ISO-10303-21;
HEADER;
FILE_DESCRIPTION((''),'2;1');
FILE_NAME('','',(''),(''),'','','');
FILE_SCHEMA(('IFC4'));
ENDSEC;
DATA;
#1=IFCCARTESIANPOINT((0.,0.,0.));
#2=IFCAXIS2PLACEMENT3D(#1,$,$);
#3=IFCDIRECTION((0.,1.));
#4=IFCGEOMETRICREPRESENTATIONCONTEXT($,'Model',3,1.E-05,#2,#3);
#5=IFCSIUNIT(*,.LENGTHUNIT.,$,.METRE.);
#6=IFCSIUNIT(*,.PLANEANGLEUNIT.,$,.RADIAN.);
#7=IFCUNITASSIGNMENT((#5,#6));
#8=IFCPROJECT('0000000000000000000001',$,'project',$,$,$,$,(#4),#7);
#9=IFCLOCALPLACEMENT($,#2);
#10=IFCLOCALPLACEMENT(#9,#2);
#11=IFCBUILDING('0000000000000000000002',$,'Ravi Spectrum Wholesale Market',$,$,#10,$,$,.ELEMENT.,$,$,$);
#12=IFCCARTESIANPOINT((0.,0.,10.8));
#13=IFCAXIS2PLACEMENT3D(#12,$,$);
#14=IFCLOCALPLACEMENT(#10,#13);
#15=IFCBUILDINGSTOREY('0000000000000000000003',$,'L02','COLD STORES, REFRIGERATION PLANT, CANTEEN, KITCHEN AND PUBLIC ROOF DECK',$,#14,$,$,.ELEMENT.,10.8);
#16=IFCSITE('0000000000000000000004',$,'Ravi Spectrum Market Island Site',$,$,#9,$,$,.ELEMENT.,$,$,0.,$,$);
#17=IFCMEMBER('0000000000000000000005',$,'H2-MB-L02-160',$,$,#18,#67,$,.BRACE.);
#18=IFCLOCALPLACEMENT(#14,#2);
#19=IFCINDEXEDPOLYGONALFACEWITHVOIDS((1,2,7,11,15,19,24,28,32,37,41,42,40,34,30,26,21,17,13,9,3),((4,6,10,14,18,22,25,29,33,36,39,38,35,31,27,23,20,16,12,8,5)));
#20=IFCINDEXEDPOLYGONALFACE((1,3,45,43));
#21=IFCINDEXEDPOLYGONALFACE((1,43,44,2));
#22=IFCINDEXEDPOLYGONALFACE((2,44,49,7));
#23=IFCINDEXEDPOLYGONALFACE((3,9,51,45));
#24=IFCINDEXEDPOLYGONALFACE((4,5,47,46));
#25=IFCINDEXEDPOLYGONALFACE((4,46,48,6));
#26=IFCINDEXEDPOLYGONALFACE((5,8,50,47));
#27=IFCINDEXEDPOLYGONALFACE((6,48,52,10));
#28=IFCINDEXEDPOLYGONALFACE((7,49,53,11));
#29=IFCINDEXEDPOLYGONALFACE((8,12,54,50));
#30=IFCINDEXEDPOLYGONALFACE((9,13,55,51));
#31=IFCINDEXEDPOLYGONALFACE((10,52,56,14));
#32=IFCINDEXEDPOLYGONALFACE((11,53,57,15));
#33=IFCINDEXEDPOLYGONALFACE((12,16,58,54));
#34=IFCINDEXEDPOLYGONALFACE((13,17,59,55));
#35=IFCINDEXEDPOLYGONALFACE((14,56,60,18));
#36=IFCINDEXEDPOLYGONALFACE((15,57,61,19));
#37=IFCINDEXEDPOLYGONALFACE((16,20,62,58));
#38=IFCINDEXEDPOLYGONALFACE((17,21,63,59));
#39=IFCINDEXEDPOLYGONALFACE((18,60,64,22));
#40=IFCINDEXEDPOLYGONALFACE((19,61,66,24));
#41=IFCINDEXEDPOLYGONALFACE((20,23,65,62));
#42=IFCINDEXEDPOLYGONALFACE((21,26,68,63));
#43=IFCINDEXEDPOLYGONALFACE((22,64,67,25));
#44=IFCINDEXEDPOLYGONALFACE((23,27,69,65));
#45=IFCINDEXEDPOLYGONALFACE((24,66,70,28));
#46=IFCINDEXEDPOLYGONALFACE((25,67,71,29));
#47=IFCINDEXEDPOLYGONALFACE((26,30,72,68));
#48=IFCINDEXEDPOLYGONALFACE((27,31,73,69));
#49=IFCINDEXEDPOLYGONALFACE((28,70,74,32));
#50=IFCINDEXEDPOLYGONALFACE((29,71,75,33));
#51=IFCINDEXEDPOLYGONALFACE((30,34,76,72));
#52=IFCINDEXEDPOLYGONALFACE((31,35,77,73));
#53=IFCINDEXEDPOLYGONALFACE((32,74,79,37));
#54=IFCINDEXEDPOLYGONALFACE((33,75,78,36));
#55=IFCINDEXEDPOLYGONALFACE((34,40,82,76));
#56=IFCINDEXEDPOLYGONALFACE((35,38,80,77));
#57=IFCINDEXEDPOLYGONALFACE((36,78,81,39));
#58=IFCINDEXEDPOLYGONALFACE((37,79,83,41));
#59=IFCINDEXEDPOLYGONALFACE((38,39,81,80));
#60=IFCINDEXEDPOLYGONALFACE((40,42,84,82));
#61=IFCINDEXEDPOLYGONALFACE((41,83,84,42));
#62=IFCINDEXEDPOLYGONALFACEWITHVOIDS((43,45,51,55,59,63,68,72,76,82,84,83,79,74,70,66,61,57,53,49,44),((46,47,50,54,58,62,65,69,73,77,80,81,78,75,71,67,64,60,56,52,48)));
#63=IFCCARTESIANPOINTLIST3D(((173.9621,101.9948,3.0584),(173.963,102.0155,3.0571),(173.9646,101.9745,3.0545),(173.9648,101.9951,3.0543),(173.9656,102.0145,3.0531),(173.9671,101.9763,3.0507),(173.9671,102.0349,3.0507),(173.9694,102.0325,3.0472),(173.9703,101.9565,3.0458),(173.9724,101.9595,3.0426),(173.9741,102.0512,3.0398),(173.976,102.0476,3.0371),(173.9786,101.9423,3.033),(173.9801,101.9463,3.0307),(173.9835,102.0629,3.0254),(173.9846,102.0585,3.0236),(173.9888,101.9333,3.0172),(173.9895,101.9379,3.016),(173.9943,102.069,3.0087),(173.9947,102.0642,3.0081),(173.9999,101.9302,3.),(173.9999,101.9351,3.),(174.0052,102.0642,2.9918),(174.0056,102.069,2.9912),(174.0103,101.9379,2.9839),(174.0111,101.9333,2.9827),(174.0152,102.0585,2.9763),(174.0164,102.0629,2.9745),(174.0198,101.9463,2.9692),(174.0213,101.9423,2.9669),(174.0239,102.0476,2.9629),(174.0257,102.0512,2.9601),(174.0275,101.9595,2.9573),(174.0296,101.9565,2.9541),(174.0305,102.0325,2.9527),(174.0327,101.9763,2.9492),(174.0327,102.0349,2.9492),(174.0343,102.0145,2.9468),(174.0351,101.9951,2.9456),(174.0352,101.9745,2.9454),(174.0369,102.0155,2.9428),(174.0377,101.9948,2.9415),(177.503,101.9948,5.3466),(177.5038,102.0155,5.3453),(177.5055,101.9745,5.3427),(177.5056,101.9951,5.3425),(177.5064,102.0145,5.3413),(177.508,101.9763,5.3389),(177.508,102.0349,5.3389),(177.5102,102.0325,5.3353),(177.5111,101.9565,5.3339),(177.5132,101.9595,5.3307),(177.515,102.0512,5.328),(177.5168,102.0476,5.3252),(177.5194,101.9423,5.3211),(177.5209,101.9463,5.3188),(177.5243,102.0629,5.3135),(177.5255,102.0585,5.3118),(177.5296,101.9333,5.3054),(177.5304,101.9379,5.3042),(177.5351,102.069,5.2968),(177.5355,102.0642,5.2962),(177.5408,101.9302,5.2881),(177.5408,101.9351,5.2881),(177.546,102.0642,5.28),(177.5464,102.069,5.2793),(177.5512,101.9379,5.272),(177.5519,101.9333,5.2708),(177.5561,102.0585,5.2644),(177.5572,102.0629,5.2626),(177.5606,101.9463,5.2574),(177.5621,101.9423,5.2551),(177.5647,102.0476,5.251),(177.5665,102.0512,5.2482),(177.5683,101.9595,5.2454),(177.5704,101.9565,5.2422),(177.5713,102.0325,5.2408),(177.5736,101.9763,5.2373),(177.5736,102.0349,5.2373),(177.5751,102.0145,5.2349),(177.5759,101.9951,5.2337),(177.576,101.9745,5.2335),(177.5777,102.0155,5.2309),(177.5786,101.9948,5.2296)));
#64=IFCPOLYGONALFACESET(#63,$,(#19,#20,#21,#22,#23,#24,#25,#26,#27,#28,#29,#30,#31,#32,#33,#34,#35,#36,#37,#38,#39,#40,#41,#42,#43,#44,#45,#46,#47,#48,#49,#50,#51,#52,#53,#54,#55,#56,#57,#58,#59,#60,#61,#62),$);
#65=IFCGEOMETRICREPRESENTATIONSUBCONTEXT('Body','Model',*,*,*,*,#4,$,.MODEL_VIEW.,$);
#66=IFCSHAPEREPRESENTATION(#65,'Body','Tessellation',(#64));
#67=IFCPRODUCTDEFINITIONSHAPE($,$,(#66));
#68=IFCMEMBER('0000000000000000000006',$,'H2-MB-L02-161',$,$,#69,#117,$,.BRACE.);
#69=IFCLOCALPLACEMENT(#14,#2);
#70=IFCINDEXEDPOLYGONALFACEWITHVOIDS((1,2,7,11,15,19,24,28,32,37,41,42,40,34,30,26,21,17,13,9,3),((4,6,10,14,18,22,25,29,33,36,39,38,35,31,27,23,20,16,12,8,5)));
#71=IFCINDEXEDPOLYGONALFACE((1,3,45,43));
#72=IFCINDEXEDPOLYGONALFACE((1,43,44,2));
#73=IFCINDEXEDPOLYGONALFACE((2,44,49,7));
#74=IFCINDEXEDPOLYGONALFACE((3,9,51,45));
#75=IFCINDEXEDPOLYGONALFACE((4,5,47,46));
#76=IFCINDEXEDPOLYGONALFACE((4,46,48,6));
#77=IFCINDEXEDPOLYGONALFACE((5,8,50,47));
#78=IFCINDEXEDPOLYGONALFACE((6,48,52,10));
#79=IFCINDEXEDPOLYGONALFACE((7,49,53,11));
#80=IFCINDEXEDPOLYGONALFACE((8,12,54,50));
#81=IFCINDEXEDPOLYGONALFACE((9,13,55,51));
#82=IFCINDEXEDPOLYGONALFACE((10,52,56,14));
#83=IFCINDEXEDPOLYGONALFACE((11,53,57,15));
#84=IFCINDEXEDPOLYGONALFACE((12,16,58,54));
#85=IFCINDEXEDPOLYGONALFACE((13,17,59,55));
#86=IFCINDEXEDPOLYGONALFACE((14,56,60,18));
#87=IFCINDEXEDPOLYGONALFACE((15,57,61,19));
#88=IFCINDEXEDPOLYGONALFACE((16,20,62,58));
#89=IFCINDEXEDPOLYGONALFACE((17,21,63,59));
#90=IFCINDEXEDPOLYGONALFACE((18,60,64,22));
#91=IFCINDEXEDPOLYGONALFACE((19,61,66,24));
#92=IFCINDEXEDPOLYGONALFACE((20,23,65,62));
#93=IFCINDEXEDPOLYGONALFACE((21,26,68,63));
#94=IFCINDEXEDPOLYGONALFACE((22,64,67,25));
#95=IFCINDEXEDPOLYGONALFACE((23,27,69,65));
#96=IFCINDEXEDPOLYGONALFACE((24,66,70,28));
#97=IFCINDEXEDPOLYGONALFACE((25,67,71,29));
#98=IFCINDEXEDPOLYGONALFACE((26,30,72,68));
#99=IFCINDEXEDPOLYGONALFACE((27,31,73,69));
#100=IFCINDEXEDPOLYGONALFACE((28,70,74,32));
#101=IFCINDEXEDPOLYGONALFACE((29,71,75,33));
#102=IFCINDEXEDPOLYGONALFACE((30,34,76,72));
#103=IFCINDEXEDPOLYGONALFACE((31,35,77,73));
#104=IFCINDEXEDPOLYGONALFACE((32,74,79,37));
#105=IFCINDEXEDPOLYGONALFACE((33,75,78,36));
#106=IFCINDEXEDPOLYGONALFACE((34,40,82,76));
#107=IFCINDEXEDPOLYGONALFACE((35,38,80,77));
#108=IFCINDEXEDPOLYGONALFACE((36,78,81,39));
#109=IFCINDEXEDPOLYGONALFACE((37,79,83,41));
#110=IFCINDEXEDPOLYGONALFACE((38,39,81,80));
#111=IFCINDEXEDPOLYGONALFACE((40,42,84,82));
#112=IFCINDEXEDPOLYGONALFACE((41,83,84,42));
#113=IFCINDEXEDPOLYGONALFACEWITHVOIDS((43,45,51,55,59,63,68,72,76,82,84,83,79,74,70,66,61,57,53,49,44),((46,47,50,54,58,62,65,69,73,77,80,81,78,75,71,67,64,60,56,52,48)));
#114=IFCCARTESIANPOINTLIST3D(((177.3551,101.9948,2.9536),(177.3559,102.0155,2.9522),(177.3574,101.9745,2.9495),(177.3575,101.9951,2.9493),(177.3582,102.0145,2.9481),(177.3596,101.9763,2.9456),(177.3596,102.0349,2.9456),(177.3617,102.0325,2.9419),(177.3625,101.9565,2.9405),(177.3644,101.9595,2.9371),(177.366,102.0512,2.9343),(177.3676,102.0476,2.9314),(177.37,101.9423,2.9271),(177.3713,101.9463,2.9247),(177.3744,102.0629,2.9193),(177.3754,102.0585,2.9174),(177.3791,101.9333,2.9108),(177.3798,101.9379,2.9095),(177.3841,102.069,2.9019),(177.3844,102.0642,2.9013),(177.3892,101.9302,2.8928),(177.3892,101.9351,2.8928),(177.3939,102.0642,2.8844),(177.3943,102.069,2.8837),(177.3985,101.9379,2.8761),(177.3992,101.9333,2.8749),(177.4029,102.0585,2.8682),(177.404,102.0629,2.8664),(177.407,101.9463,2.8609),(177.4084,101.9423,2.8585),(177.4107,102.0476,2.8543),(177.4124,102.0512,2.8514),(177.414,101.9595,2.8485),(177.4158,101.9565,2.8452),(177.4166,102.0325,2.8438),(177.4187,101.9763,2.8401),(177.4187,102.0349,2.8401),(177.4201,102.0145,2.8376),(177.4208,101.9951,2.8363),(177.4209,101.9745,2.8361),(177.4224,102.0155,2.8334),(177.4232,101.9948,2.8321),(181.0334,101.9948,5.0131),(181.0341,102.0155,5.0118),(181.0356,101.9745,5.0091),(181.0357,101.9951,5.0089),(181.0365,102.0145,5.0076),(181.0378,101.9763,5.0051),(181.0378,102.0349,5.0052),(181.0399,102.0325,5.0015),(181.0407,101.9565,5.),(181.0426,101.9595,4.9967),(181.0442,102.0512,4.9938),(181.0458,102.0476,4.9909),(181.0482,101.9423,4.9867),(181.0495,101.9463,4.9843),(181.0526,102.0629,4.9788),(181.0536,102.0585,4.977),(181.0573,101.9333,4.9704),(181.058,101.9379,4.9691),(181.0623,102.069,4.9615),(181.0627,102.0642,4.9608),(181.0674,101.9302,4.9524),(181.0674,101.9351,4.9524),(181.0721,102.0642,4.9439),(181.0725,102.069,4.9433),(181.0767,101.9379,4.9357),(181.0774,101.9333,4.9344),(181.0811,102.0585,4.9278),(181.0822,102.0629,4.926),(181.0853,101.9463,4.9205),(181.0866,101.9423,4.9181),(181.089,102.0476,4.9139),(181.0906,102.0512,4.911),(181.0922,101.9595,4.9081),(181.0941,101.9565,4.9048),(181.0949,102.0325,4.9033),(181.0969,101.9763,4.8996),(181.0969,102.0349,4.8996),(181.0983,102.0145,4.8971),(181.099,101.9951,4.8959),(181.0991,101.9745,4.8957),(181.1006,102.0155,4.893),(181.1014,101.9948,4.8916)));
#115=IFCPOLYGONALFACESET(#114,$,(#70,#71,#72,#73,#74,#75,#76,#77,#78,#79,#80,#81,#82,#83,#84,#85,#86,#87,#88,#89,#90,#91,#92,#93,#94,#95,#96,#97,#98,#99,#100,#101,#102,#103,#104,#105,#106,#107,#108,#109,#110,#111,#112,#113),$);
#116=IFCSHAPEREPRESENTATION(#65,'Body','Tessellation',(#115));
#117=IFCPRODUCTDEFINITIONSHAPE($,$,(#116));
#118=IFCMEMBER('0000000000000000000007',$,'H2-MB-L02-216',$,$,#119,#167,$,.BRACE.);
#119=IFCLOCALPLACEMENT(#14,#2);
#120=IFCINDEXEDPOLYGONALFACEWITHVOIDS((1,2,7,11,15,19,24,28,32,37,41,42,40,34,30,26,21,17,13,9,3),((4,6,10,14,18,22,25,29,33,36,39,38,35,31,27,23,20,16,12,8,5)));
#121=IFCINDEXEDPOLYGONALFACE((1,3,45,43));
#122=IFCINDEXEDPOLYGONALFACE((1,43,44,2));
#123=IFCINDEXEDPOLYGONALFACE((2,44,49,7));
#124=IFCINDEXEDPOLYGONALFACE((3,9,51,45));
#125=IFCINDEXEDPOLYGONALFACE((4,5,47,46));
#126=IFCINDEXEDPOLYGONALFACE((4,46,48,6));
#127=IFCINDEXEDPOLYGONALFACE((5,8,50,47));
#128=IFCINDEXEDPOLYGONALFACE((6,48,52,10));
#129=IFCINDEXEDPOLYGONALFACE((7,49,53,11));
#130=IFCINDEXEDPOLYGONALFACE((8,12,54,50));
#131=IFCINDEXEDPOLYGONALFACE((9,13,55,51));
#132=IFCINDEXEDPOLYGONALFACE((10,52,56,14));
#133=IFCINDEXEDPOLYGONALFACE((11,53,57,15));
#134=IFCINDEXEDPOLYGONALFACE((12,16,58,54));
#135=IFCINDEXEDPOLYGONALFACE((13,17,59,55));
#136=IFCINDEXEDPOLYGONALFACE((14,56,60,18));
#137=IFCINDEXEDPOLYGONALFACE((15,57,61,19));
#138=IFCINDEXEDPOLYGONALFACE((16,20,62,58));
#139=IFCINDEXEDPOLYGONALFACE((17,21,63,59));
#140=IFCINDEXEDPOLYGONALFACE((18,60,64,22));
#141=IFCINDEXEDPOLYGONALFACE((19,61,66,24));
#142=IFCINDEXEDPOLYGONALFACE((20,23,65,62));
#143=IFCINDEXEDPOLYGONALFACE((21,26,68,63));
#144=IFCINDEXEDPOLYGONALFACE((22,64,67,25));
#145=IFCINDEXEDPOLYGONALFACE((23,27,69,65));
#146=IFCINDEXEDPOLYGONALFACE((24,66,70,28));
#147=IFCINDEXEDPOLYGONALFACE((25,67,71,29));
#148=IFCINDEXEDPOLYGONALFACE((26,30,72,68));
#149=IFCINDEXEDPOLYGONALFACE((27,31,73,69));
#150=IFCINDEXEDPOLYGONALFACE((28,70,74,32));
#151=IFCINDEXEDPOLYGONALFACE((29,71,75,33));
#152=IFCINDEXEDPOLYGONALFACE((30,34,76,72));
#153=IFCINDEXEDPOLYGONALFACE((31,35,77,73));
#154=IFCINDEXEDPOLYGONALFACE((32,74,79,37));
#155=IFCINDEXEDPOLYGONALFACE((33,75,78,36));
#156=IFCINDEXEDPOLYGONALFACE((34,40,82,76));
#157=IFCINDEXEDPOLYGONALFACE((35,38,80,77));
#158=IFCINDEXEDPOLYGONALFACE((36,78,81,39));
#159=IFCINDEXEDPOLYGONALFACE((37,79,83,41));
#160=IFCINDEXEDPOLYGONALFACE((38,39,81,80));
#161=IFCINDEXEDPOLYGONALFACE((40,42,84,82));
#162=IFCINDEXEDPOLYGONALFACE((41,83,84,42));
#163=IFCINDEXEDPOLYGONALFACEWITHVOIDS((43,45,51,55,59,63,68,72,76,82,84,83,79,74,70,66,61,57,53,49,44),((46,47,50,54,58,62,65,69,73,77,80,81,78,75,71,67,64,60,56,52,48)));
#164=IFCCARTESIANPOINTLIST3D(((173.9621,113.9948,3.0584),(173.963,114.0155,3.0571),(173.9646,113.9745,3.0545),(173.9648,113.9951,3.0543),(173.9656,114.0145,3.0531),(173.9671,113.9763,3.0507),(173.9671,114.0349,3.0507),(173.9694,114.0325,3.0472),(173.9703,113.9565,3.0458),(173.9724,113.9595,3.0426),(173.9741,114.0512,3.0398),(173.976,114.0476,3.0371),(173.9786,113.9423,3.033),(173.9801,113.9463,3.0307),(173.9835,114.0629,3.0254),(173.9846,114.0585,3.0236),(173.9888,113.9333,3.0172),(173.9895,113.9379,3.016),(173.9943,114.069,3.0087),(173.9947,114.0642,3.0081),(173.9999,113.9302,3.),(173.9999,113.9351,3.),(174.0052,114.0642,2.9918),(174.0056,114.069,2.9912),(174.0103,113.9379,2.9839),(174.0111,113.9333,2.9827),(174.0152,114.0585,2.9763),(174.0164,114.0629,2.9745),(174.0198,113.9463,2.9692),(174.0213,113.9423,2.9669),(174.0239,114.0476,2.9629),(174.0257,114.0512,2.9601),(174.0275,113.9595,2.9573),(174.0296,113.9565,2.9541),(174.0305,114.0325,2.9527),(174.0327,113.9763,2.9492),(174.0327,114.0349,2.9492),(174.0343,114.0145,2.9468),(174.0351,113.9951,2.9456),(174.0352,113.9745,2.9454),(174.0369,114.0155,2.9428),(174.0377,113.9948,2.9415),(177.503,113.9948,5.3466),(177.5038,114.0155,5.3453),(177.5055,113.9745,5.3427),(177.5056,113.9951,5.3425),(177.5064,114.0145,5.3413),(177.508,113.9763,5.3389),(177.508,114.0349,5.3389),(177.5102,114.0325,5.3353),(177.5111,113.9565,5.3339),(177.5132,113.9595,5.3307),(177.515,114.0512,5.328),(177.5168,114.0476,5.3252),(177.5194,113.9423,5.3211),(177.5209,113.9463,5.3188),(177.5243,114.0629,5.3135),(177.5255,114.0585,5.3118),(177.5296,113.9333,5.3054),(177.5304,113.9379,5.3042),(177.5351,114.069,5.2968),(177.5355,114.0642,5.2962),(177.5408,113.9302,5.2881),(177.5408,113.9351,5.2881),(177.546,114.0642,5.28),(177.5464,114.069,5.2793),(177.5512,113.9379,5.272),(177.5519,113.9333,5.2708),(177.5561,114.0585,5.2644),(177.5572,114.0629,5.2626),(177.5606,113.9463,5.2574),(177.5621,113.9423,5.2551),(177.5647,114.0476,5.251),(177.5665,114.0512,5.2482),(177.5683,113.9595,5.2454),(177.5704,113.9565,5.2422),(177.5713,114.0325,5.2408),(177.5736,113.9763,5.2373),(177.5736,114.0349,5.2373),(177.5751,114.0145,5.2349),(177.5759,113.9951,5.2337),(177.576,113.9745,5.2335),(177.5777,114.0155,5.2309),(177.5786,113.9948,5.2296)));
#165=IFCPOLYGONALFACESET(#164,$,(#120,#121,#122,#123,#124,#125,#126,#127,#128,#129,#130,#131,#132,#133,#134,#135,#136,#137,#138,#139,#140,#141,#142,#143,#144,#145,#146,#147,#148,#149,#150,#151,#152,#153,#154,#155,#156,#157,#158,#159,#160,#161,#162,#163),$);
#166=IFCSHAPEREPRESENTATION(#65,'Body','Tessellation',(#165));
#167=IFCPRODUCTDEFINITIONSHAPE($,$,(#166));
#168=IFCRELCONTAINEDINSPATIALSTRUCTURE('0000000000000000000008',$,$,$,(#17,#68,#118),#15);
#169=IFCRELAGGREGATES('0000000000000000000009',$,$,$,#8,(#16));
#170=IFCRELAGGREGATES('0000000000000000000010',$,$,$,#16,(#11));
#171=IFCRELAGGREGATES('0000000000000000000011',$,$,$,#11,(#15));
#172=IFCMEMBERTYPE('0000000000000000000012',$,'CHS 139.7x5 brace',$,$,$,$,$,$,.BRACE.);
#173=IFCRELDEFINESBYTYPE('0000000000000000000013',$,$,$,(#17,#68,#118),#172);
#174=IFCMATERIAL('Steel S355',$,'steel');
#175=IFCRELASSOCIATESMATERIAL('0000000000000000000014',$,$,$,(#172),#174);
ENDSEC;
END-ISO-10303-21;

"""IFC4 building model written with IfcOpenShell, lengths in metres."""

from ifc_helpers import new_model, si_unit, direction, frame, origin, origin_2d, place, context, subcontext, project, spatial, hollow_circle, extrude, material, material_profile, profile_set, type_object, element, save


model = new_model("IFC4")

# Units and contexts
model_context = context("Model", 3, precision=1e-05, world=origin(), true_north=direction((0.0, 1.0)))
body_context = subcontext(model_context, "Body", "Model", "MODEL_VIEW")
ifc_project = project(units=[si_unit("LENGTHUNIT", "METRE"), si_unit("PLANEANGLEUNIT", "RADIAN")], contexts=[model_context])

# Site, building, storey
site_placement = place(None, origin())
site = spatial("IfcSite", under=ifc_project, at=site_placement, Name="Ravi Spectrum Market Island Site", CompositionType="ELEMENT", RefElevation=0.0)
building_placement = place(site_placement, origin())
building = spatial("IfcBuilding", under=site, at=building_placement, Name="Ravi Spectrum Wholesale Market", CompositionType="ELEMENT")
storey_placement = place(building_placement, frame((0.0, 0.0, 10.8)))
storey = spatial("IfcBuildingStorey", under=building, at=storey_placement, Name="L02", Description="COLD STORES, REFRIGERATION PLANT, CANTEEN, KITCHEN AND PUBLIC ROOF DECK", CompositionType="ELEMENT", Elevation=10.8)

# Members
ifc_material_1 = material(Name="Steel S355", Category="steel")
ifc_material_profile_1 = material_profile(ifc_material_1, hollow_circle(Radius=0.0698, WallThickness=0.0049, at=origin_2d()))
ifc_profile_set_1 = profile_set([ifc_material_profile_1], Name="Steel S355")
member_type_1 = type_object("IfcMemberType", Name="CHS 139.7x5 brace", PredefinedType="BRACE", material=ifc_profile_set_1)
member_1_placement = place(storey_placement, frame((177.5408, 102.0, 5.2881), z_axis=(-0.839895, 0.0, -0.542749), x_axis=(0.0, -1.0, 0.0)))
element("IfcMember", 1, at=member_1_placement, inside=storey, type_object=member_type_1, Name="H2-MB-L02-160", PredefinedType="BRACE", context=body_context, shape_type="SweptSolid", body=[
    extrude(hollow_circle(Radius=0.0698, WallThickness=0.0049, at=origin_2d()), origin(), (0.0, 0.0, 1.0), 4.2158),
])
member_2_placement = place(storey_placement, frame((181.0674, 102.0, 4.9524), z_axis=(-0.87253, 0.0, -0.488561), x_axis=(0.0, -1.0, 0.0)))
element("IfcMember", 2, at=member_2_placement, inside=storey, type_object=member_type_1, Name="H2-MB-L02-161", PredefinedType="BRACE", context=body_context, shape_type="SweptSolid", body=[
    extrude(hollow_circle(Radius=0.0698, WallThickness=0.0049, at=origin_2d()), origin(), (0.0, 0.0, 1.0), 4.2156),
])
member_3_placement = place(storey_placement, frame((177.5408, 114.0, 5.2881), z_axis=(-0.839895, 0.0, -0.542749), x_axis=(0.0, -1.0, 0.0)))
element("IfcMember", 3, at=member_3_placement, inside=storey, type_object=member_type_1, Name="H2-MB-L02-216", PredefinedType="BRACE", context=body_context, shape_type="SweptSolid", body=[
    extrude(hollow_circle(Radius=0.0698, WallThickness=0.0049, at=origin_2d()), origin(), (0.0, 0.0, 1.0), 4.2158),
])

save(model, "model.ifc")
